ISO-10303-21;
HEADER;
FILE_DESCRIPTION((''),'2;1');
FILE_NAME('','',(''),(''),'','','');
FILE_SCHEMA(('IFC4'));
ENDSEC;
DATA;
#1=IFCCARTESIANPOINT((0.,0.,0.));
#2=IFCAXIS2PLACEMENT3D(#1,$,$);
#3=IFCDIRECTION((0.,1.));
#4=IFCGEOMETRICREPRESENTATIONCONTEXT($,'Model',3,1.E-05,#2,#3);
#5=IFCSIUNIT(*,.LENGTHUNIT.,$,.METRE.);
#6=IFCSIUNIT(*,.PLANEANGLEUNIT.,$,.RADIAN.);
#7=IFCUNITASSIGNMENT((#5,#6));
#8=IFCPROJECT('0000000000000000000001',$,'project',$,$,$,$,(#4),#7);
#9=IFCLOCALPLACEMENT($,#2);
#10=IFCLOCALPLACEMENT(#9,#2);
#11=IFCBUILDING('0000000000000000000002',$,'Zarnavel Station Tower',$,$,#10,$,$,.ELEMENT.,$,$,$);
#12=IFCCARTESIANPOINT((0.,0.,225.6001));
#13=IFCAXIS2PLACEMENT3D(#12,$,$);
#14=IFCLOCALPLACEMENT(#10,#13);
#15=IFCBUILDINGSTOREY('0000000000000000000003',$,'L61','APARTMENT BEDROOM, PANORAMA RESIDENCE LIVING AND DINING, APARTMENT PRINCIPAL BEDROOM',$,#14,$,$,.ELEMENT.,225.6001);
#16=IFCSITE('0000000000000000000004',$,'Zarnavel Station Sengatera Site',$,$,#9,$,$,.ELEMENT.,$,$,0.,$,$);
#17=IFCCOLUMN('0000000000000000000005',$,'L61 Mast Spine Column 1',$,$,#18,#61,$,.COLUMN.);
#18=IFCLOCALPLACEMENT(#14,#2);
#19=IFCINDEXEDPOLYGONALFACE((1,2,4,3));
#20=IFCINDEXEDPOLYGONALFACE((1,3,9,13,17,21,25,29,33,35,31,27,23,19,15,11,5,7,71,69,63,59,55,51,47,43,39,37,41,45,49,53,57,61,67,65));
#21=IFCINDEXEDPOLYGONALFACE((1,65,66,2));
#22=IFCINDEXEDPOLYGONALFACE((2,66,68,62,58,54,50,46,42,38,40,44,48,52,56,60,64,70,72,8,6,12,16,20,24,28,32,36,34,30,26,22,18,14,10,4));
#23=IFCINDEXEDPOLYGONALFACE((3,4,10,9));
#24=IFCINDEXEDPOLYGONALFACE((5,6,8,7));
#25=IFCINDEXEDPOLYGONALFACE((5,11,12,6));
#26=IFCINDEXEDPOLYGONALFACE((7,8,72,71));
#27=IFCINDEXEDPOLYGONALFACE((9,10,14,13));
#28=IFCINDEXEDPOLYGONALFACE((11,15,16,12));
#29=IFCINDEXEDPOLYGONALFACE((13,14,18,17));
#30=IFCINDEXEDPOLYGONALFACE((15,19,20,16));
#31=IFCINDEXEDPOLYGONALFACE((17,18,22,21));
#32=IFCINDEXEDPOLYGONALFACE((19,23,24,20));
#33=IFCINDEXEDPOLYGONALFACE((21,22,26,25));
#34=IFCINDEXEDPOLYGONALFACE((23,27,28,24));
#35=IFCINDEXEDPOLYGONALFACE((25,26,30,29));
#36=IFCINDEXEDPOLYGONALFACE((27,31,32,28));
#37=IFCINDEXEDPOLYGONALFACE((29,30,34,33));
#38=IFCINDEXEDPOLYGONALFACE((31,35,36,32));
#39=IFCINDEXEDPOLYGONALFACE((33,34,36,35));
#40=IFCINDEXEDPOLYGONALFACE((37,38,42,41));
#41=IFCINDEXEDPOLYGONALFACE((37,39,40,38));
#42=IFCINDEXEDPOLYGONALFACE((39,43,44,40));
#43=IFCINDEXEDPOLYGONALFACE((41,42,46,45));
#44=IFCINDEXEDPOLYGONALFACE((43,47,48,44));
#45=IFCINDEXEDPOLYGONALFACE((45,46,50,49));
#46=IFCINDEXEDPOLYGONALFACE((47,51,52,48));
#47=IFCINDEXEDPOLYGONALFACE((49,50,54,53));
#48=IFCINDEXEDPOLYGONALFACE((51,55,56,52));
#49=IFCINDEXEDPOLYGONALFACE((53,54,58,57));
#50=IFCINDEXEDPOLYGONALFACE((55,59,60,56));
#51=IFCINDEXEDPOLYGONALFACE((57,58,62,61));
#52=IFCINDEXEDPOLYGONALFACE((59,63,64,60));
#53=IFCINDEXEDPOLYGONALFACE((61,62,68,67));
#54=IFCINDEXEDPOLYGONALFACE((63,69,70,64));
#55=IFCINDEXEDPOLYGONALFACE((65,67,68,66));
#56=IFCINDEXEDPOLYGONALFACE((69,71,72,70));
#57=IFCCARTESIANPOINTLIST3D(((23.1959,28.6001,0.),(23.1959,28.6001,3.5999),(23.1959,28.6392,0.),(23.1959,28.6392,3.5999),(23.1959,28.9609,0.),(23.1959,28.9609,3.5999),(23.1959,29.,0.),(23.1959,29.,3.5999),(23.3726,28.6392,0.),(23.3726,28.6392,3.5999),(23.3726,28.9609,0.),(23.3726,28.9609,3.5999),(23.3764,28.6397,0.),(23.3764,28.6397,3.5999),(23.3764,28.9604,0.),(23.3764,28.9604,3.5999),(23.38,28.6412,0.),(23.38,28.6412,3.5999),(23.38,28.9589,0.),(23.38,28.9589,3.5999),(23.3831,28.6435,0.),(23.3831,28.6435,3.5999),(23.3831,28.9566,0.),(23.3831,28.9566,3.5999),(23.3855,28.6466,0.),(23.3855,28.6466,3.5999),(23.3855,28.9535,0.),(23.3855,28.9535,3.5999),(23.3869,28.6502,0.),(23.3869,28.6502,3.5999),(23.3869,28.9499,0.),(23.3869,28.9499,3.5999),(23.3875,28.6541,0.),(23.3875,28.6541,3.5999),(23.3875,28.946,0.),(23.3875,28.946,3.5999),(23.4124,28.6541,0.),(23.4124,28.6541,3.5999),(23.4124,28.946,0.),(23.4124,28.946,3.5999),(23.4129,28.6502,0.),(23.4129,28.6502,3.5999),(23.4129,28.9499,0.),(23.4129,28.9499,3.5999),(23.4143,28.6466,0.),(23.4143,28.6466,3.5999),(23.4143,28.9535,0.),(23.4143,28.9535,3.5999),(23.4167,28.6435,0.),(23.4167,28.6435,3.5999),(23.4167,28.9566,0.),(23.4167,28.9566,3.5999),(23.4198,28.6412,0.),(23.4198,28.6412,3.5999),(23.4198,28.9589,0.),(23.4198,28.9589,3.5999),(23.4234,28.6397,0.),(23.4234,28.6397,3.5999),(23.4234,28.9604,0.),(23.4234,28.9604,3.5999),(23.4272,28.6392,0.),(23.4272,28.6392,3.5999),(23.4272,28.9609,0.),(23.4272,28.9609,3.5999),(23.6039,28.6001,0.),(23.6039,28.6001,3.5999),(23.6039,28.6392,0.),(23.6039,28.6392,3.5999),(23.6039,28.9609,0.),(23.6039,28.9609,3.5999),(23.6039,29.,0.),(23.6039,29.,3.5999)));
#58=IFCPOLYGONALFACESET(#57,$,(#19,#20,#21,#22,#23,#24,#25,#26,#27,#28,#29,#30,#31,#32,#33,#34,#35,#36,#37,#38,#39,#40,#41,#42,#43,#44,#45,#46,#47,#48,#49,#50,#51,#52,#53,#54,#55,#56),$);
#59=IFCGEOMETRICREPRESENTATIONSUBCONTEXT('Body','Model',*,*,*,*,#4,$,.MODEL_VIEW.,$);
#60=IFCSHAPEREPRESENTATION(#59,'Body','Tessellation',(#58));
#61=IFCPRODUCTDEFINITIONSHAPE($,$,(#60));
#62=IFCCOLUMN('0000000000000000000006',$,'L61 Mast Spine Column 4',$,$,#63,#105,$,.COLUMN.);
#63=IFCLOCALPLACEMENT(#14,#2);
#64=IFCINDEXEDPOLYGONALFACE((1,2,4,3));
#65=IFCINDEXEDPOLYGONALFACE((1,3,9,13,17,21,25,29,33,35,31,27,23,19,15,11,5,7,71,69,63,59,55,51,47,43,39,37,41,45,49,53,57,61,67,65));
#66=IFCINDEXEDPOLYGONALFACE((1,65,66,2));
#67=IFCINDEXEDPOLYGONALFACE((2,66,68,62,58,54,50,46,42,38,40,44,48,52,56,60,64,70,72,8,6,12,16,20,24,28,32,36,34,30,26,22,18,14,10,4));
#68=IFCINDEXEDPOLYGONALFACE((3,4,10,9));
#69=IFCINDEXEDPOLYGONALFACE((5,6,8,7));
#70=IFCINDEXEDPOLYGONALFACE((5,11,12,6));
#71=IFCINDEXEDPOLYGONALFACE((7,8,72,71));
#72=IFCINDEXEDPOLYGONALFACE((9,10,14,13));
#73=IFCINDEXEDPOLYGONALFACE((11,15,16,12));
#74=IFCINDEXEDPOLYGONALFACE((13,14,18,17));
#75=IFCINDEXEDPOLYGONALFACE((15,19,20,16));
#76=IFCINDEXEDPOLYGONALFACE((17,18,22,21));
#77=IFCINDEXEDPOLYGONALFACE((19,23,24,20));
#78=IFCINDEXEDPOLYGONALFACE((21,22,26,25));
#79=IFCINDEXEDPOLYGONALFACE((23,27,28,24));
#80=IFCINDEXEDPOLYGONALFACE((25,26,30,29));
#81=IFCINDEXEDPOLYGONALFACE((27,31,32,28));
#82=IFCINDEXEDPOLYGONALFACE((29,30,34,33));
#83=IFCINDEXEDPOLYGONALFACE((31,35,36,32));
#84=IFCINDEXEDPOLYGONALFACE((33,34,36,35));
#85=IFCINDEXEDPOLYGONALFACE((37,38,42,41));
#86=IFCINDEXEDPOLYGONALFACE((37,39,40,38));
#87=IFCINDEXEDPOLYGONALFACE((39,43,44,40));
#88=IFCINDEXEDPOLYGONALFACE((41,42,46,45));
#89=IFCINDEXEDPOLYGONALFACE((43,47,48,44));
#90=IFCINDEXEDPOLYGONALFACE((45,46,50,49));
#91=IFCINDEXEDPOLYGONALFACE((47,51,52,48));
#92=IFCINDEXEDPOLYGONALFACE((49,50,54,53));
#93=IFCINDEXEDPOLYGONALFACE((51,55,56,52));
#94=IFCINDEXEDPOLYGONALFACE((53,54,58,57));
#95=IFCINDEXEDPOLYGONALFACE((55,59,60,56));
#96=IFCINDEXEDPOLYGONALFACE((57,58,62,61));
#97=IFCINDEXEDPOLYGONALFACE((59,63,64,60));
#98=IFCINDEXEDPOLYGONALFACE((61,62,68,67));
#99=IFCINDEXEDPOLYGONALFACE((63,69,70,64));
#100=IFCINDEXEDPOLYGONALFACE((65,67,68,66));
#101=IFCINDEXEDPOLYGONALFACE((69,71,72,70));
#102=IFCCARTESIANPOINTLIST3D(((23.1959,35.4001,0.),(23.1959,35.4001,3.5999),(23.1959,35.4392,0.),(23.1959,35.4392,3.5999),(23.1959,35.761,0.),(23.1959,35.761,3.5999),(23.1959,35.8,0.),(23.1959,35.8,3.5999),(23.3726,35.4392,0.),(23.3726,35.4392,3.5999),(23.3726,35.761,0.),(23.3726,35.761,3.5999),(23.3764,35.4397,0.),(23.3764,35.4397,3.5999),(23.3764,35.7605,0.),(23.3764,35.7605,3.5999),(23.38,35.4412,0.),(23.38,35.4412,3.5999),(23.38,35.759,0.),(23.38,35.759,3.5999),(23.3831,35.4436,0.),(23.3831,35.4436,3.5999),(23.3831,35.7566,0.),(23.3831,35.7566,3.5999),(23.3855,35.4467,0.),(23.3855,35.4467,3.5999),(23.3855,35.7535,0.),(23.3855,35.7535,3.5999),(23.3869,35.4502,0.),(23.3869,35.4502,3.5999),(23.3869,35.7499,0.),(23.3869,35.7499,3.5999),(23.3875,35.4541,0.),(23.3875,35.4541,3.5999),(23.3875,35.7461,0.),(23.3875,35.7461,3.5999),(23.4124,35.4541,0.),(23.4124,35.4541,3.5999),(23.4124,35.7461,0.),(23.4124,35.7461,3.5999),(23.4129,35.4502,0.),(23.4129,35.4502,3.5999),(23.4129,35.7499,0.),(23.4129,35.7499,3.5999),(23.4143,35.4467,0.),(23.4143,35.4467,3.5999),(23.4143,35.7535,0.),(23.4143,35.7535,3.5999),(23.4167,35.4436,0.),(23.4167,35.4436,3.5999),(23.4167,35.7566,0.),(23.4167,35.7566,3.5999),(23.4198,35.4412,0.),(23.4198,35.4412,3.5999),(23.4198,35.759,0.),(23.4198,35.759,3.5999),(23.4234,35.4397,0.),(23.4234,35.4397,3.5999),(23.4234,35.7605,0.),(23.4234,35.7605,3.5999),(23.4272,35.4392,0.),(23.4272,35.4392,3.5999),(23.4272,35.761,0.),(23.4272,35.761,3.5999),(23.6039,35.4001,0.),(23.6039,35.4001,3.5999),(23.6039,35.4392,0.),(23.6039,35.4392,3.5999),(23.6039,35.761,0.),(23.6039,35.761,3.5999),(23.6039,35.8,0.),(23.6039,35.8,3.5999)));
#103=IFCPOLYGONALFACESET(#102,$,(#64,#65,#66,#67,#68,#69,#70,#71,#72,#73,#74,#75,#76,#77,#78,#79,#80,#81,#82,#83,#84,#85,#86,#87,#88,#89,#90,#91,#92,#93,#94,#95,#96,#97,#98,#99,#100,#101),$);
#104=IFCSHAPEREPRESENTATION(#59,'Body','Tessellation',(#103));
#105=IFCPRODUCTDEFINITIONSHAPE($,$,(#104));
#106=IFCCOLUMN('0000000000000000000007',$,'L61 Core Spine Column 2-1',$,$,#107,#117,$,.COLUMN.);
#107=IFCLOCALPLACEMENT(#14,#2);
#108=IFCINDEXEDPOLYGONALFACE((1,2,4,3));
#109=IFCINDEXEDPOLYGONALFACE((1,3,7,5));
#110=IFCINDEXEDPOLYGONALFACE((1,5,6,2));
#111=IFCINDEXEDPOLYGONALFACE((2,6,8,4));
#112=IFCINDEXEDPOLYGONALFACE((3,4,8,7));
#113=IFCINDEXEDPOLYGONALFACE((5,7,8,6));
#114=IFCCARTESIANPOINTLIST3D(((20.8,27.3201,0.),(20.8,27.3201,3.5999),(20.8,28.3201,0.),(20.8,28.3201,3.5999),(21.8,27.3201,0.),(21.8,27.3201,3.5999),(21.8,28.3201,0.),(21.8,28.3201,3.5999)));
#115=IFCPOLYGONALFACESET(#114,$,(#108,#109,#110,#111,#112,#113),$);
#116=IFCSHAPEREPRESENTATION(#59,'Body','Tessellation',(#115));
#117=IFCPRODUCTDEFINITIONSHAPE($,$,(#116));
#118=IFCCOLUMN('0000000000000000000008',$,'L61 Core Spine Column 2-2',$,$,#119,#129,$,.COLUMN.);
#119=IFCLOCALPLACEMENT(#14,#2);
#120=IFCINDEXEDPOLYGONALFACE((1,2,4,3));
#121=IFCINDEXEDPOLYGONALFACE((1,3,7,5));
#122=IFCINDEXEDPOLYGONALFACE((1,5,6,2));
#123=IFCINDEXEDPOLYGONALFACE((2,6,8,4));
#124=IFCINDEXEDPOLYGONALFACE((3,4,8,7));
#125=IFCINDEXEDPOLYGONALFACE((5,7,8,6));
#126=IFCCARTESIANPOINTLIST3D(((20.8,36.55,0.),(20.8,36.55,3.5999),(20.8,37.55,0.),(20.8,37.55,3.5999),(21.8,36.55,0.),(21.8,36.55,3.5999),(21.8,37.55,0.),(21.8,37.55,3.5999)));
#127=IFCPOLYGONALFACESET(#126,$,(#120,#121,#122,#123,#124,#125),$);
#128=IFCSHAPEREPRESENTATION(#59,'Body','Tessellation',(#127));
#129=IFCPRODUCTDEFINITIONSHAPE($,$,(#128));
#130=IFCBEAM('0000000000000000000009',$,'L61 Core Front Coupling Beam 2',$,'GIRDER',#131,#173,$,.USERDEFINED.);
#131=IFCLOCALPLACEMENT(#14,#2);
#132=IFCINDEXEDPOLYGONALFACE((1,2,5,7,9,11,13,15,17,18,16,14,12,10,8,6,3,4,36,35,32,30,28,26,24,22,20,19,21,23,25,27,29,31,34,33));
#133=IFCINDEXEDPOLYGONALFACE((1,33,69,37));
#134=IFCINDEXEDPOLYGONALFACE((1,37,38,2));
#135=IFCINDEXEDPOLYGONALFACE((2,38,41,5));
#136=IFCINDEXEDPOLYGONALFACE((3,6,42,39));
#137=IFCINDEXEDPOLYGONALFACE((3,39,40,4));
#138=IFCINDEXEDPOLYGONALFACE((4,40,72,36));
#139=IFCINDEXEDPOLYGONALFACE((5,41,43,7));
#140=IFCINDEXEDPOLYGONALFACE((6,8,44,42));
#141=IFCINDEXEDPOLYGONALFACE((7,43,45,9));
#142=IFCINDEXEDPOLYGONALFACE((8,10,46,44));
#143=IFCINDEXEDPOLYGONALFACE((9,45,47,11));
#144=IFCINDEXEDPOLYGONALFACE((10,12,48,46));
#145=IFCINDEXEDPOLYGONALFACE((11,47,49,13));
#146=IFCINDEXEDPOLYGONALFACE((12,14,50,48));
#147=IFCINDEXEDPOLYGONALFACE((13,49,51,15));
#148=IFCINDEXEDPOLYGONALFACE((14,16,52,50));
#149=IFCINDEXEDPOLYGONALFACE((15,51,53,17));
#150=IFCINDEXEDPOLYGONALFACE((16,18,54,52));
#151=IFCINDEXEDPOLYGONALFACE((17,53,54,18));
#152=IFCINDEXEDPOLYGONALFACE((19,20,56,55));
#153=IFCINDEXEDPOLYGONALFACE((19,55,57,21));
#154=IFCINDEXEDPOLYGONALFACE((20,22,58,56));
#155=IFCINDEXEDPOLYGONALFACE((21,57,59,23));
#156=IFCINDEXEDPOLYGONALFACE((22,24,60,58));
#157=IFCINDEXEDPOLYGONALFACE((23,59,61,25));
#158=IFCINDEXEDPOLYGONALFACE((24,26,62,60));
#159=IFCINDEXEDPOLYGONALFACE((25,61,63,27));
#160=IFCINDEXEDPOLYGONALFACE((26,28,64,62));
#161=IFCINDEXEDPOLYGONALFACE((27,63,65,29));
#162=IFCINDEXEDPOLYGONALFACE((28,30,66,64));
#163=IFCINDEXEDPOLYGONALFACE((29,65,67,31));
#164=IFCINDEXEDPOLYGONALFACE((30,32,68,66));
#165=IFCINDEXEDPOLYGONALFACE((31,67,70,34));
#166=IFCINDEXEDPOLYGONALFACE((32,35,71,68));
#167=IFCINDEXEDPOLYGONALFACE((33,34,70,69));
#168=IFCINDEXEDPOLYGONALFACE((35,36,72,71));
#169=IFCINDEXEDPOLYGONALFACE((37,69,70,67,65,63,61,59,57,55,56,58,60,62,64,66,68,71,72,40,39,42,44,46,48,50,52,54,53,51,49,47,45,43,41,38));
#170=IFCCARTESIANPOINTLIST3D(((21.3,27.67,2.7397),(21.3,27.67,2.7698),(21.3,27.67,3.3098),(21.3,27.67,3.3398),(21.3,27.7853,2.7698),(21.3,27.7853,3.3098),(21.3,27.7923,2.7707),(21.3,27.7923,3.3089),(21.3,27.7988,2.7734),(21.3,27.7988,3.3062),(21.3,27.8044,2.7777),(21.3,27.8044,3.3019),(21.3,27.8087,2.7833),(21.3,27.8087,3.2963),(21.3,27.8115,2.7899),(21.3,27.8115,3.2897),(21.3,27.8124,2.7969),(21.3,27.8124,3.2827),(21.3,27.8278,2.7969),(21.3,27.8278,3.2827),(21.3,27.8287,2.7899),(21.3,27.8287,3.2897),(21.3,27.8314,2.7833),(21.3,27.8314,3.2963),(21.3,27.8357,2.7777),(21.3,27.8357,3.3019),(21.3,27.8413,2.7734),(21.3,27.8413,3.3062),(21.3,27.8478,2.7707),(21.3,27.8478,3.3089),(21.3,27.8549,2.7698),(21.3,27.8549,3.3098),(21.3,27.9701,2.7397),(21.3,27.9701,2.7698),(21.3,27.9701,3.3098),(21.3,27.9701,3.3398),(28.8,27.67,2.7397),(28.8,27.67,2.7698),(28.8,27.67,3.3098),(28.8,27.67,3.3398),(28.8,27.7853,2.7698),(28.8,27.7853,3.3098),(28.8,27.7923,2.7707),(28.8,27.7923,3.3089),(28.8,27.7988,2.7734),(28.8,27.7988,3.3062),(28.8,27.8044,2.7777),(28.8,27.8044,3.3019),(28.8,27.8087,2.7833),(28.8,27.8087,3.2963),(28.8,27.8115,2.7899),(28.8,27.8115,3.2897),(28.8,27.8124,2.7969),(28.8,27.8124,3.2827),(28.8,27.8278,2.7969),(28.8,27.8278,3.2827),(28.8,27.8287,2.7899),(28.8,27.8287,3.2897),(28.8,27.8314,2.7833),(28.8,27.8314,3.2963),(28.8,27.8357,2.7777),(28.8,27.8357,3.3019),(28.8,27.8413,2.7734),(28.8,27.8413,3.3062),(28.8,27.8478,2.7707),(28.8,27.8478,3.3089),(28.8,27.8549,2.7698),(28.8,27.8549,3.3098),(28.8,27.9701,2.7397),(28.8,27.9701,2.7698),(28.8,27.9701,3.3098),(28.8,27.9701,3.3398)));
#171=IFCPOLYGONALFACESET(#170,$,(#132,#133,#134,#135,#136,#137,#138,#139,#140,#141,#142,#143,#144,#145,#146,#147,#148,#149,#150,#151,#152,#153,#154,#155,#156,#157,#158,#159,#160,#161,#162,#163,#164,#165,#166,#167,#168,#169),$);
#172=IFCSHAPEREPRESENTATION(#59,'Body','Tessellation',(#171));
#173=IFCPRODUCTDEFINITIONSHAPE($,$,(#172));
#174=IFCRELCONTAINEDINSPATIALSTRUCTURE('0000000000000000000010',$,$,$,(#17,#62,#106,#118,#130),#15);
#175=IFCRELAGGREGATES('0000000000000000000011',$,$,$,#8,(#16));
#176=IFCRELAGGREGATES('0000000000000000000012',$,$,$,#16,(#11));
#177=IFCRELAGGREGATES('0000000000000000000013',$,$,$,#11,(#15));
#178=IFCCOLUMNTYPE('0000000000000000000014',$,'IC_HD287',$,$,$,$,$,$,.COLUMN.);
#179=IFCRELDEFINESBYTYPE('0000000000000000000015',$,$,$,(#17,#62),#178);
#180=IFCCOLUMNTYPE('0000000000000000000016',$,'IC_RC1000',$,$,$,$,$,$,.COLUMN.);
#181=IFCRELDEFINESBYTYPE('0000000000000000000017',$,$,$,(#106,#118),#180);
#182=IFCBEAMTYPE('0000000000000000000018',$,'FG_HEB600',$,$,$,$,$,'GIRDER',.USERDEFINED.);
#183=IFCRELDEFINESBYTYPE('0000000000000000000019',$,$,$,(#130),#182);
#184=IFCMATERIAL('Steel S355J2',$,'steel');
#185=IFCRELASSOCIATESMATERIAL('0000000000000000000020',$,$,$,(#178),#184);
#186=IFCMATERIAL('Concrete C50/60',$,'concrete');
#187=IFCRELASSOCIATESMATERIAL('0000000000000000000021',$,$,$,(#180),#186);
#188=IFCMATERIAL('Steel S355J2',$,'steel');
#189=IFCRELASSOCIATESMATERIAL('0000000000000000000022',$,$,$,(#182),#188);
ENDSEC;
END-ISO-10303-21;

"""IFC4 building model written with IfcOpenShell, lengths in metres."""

from ifc_helpers import new_model, si_unit, direction, frame, origin, origin_2d, place, context, subcontext, project, spatial, rectangle, i_section, extrude, material, material_profile, profile_set, type_object, element, save


model = new_model("IFC4")

# Units and contexts
model_context = context("Model", 3, precision=1e-05, world=origin(), true_north=direction((0.0, 1.0)))
body_context = subcontext(model_context, "Body", "Model", "MODEL_VIEW")
ifc_project = project(units=[si_unit("LENGTHUNIT", "METRE"), si_unit("PLANEANGLEUNIT", "RADIAN")], contexts=[model_context])

# Site, building, storey
site_placement = place(None, origin())
site = spatial("IfcSite", under=ifc_project, at=site_placement, Name="Zarnavel Station Sengatera Site", CompositionType="ELEMENT", RefElevation=0.0)
building_placement = place(site_placement, origin())
building = spatial("IfcBuilding", under=site, at=building_placement, Name="Zarnavel Station Tower", CompositionType="ELEMENT")
storey_placement = place(building_placement, frame((0.0, 0.0, 225.6001)))
storey = spatial("IfcBuildingStorey", under=building, at=storey_placement, Name="L61", Description="APARTMENT BEDROOM, PANORAMA RESIDENCE LIVING AND DINING, APARTMENT PRINCIPAL BEDROOM", CompositionType="ELEMENT", Elevation=225.6001)

# Columns
ifc_material_1 = material(Name="Steel S355J2", Category="steel")
ifc_material_profile_1 = material_profile(ifc_material_1, i_section(OverallWidth=0.408, OverallDepth=0.3999, WebThickness=0.0249, FlangeThickness=0.0391, FilletRadius=0.0149, at=origin_2d()), Name="HD400x287")
ifc_profile_set_1 = profile_set([ifc_material_profile_1], Name="Steel S355J2")
column_type_1 = type_object("IfcColumnType", Name="IC_HD287", PredefinedType="COLUMN", material=ifc_profile_set_1)
for number, where, z_axis, x_axis, name in (
    (1, (23.3999, 28.8, 0.0), (0.0, 0.0, 1.0), (1.0, 0.0, 0.0), "L61 Mast Spine Column 1"),
    (2, (23.3999, 35.6001, 0.0), (0.0, 0.0, 1.0), (1.0, 0.0, 0.0), "L61 Mast Spine Column 4"),
):
    element("IfcColumn", number, at=place(storey_placement, frame(where, z_axis=z_axis, x_axis=x_axis)), inside=storey, type_object=column_type_1, Name=name, PredefinedType="COLUMN", context=body_context, shape_type="SweptSolid", body=[
        extrude(i_section(OverallWidth=0.408, OverallDepth=0.3999, WebThickness=0.0249, FlangeThickness=0.0391, FilletRadius=0.0149, at=origin_2d()), origin(), (0.0, 0.0, 1.0), 3.5999),
    ])
ifc_material_2 = material(Name="Concrete C50/60", Category="concrete")
ifc_material_profile_2 = material_profile(ifc_material_2, rectangle(XDim=1.0, YDim=1.0, at=origin_2d()), Name="RC1000x1000")
ifc_profile_set_2 = profile_set([ifc_material_profile_2], Name="Concrete C50/60")
column_type_2 = type_object("IfcColumnType", Name="IC_RC1000", PredefinedType="COLUMN", material=ifc_profile_set_2)
for number, where, z_axis, x_axis, name in (
    (3, (21.3, 27.8201, 0.0), (0.0, 0.0, 1.0), (1.0, 0.0, 0.0), "L61 Core Spine Column 2-1"),
    (4, (21.3, 37.05, 0.0), (0.0, 0.0, 1.0), (1.0, 0.0, 0.0), "L61 Core Spine Column 2-2"),
):
    element("IfcColumn", number, at=place(storey_placement, frame(where, z_axis=z_axis, x_axis=x_axis)), inside=storey, type_object=column_type_2, Name=name, PredefinedType="COLUMN", context=body_context, shape_type="SweptSolid", body=[
        extrude(rectangle(XDim=1.0, YDim=1.0, at=origin_2d()), origin(), (0.0, 0.0, 1.0), 3.5999),
    ])

# Beam
ifc_material_3 = material(Name="Steel S355J2", Category="steel")
ifc_material_profile_3 = material_profile(ifc_material_3, i_section(OverallWidth=0.3, OverallDepth=0.6001, WebThickness=0.0154, FlangeThickness=0.03, FilletRadius=0.0271, at=origin_2d()), Name="HEB600")
ifc_profile_set_3 = profile_set([ifc_material_profile_3], Name="Steel S355J2")
beam_type_1 = type_object("IfcBeamType", Name="FG_HEB600", ElementType="GIRDER", PredefinedType="USERDEFINED", material=ifc_profile_set_3)
beam_1_placement = place(storey_placement, frame((21.3, 27.8201, 3.0398), z_axis=(1.0, 0.0, 0.0), x_axis=(0.0, 1.0, 0.0)))
element("IfcBeam", 5, at=beam_1_placement, inside=storey, type_object=beam_type_1, Name="L61 Core Front Coupling Beam 2", ObjectType="GIRDER", PredefinedType="USERDEFINED", context=body_context, shape_type="SweptSolid", body=[
    extrude(i_section(OverallWidth=0.3, OverallDepth=0.6001, WebThickness=0.0154, FlangeThickness=0.03, FilletRadius=0.0271, at=origin_2d()), origin(), (0.0, 0.0, 1.0), 7.5),
])

save(model, "model.ifc")
